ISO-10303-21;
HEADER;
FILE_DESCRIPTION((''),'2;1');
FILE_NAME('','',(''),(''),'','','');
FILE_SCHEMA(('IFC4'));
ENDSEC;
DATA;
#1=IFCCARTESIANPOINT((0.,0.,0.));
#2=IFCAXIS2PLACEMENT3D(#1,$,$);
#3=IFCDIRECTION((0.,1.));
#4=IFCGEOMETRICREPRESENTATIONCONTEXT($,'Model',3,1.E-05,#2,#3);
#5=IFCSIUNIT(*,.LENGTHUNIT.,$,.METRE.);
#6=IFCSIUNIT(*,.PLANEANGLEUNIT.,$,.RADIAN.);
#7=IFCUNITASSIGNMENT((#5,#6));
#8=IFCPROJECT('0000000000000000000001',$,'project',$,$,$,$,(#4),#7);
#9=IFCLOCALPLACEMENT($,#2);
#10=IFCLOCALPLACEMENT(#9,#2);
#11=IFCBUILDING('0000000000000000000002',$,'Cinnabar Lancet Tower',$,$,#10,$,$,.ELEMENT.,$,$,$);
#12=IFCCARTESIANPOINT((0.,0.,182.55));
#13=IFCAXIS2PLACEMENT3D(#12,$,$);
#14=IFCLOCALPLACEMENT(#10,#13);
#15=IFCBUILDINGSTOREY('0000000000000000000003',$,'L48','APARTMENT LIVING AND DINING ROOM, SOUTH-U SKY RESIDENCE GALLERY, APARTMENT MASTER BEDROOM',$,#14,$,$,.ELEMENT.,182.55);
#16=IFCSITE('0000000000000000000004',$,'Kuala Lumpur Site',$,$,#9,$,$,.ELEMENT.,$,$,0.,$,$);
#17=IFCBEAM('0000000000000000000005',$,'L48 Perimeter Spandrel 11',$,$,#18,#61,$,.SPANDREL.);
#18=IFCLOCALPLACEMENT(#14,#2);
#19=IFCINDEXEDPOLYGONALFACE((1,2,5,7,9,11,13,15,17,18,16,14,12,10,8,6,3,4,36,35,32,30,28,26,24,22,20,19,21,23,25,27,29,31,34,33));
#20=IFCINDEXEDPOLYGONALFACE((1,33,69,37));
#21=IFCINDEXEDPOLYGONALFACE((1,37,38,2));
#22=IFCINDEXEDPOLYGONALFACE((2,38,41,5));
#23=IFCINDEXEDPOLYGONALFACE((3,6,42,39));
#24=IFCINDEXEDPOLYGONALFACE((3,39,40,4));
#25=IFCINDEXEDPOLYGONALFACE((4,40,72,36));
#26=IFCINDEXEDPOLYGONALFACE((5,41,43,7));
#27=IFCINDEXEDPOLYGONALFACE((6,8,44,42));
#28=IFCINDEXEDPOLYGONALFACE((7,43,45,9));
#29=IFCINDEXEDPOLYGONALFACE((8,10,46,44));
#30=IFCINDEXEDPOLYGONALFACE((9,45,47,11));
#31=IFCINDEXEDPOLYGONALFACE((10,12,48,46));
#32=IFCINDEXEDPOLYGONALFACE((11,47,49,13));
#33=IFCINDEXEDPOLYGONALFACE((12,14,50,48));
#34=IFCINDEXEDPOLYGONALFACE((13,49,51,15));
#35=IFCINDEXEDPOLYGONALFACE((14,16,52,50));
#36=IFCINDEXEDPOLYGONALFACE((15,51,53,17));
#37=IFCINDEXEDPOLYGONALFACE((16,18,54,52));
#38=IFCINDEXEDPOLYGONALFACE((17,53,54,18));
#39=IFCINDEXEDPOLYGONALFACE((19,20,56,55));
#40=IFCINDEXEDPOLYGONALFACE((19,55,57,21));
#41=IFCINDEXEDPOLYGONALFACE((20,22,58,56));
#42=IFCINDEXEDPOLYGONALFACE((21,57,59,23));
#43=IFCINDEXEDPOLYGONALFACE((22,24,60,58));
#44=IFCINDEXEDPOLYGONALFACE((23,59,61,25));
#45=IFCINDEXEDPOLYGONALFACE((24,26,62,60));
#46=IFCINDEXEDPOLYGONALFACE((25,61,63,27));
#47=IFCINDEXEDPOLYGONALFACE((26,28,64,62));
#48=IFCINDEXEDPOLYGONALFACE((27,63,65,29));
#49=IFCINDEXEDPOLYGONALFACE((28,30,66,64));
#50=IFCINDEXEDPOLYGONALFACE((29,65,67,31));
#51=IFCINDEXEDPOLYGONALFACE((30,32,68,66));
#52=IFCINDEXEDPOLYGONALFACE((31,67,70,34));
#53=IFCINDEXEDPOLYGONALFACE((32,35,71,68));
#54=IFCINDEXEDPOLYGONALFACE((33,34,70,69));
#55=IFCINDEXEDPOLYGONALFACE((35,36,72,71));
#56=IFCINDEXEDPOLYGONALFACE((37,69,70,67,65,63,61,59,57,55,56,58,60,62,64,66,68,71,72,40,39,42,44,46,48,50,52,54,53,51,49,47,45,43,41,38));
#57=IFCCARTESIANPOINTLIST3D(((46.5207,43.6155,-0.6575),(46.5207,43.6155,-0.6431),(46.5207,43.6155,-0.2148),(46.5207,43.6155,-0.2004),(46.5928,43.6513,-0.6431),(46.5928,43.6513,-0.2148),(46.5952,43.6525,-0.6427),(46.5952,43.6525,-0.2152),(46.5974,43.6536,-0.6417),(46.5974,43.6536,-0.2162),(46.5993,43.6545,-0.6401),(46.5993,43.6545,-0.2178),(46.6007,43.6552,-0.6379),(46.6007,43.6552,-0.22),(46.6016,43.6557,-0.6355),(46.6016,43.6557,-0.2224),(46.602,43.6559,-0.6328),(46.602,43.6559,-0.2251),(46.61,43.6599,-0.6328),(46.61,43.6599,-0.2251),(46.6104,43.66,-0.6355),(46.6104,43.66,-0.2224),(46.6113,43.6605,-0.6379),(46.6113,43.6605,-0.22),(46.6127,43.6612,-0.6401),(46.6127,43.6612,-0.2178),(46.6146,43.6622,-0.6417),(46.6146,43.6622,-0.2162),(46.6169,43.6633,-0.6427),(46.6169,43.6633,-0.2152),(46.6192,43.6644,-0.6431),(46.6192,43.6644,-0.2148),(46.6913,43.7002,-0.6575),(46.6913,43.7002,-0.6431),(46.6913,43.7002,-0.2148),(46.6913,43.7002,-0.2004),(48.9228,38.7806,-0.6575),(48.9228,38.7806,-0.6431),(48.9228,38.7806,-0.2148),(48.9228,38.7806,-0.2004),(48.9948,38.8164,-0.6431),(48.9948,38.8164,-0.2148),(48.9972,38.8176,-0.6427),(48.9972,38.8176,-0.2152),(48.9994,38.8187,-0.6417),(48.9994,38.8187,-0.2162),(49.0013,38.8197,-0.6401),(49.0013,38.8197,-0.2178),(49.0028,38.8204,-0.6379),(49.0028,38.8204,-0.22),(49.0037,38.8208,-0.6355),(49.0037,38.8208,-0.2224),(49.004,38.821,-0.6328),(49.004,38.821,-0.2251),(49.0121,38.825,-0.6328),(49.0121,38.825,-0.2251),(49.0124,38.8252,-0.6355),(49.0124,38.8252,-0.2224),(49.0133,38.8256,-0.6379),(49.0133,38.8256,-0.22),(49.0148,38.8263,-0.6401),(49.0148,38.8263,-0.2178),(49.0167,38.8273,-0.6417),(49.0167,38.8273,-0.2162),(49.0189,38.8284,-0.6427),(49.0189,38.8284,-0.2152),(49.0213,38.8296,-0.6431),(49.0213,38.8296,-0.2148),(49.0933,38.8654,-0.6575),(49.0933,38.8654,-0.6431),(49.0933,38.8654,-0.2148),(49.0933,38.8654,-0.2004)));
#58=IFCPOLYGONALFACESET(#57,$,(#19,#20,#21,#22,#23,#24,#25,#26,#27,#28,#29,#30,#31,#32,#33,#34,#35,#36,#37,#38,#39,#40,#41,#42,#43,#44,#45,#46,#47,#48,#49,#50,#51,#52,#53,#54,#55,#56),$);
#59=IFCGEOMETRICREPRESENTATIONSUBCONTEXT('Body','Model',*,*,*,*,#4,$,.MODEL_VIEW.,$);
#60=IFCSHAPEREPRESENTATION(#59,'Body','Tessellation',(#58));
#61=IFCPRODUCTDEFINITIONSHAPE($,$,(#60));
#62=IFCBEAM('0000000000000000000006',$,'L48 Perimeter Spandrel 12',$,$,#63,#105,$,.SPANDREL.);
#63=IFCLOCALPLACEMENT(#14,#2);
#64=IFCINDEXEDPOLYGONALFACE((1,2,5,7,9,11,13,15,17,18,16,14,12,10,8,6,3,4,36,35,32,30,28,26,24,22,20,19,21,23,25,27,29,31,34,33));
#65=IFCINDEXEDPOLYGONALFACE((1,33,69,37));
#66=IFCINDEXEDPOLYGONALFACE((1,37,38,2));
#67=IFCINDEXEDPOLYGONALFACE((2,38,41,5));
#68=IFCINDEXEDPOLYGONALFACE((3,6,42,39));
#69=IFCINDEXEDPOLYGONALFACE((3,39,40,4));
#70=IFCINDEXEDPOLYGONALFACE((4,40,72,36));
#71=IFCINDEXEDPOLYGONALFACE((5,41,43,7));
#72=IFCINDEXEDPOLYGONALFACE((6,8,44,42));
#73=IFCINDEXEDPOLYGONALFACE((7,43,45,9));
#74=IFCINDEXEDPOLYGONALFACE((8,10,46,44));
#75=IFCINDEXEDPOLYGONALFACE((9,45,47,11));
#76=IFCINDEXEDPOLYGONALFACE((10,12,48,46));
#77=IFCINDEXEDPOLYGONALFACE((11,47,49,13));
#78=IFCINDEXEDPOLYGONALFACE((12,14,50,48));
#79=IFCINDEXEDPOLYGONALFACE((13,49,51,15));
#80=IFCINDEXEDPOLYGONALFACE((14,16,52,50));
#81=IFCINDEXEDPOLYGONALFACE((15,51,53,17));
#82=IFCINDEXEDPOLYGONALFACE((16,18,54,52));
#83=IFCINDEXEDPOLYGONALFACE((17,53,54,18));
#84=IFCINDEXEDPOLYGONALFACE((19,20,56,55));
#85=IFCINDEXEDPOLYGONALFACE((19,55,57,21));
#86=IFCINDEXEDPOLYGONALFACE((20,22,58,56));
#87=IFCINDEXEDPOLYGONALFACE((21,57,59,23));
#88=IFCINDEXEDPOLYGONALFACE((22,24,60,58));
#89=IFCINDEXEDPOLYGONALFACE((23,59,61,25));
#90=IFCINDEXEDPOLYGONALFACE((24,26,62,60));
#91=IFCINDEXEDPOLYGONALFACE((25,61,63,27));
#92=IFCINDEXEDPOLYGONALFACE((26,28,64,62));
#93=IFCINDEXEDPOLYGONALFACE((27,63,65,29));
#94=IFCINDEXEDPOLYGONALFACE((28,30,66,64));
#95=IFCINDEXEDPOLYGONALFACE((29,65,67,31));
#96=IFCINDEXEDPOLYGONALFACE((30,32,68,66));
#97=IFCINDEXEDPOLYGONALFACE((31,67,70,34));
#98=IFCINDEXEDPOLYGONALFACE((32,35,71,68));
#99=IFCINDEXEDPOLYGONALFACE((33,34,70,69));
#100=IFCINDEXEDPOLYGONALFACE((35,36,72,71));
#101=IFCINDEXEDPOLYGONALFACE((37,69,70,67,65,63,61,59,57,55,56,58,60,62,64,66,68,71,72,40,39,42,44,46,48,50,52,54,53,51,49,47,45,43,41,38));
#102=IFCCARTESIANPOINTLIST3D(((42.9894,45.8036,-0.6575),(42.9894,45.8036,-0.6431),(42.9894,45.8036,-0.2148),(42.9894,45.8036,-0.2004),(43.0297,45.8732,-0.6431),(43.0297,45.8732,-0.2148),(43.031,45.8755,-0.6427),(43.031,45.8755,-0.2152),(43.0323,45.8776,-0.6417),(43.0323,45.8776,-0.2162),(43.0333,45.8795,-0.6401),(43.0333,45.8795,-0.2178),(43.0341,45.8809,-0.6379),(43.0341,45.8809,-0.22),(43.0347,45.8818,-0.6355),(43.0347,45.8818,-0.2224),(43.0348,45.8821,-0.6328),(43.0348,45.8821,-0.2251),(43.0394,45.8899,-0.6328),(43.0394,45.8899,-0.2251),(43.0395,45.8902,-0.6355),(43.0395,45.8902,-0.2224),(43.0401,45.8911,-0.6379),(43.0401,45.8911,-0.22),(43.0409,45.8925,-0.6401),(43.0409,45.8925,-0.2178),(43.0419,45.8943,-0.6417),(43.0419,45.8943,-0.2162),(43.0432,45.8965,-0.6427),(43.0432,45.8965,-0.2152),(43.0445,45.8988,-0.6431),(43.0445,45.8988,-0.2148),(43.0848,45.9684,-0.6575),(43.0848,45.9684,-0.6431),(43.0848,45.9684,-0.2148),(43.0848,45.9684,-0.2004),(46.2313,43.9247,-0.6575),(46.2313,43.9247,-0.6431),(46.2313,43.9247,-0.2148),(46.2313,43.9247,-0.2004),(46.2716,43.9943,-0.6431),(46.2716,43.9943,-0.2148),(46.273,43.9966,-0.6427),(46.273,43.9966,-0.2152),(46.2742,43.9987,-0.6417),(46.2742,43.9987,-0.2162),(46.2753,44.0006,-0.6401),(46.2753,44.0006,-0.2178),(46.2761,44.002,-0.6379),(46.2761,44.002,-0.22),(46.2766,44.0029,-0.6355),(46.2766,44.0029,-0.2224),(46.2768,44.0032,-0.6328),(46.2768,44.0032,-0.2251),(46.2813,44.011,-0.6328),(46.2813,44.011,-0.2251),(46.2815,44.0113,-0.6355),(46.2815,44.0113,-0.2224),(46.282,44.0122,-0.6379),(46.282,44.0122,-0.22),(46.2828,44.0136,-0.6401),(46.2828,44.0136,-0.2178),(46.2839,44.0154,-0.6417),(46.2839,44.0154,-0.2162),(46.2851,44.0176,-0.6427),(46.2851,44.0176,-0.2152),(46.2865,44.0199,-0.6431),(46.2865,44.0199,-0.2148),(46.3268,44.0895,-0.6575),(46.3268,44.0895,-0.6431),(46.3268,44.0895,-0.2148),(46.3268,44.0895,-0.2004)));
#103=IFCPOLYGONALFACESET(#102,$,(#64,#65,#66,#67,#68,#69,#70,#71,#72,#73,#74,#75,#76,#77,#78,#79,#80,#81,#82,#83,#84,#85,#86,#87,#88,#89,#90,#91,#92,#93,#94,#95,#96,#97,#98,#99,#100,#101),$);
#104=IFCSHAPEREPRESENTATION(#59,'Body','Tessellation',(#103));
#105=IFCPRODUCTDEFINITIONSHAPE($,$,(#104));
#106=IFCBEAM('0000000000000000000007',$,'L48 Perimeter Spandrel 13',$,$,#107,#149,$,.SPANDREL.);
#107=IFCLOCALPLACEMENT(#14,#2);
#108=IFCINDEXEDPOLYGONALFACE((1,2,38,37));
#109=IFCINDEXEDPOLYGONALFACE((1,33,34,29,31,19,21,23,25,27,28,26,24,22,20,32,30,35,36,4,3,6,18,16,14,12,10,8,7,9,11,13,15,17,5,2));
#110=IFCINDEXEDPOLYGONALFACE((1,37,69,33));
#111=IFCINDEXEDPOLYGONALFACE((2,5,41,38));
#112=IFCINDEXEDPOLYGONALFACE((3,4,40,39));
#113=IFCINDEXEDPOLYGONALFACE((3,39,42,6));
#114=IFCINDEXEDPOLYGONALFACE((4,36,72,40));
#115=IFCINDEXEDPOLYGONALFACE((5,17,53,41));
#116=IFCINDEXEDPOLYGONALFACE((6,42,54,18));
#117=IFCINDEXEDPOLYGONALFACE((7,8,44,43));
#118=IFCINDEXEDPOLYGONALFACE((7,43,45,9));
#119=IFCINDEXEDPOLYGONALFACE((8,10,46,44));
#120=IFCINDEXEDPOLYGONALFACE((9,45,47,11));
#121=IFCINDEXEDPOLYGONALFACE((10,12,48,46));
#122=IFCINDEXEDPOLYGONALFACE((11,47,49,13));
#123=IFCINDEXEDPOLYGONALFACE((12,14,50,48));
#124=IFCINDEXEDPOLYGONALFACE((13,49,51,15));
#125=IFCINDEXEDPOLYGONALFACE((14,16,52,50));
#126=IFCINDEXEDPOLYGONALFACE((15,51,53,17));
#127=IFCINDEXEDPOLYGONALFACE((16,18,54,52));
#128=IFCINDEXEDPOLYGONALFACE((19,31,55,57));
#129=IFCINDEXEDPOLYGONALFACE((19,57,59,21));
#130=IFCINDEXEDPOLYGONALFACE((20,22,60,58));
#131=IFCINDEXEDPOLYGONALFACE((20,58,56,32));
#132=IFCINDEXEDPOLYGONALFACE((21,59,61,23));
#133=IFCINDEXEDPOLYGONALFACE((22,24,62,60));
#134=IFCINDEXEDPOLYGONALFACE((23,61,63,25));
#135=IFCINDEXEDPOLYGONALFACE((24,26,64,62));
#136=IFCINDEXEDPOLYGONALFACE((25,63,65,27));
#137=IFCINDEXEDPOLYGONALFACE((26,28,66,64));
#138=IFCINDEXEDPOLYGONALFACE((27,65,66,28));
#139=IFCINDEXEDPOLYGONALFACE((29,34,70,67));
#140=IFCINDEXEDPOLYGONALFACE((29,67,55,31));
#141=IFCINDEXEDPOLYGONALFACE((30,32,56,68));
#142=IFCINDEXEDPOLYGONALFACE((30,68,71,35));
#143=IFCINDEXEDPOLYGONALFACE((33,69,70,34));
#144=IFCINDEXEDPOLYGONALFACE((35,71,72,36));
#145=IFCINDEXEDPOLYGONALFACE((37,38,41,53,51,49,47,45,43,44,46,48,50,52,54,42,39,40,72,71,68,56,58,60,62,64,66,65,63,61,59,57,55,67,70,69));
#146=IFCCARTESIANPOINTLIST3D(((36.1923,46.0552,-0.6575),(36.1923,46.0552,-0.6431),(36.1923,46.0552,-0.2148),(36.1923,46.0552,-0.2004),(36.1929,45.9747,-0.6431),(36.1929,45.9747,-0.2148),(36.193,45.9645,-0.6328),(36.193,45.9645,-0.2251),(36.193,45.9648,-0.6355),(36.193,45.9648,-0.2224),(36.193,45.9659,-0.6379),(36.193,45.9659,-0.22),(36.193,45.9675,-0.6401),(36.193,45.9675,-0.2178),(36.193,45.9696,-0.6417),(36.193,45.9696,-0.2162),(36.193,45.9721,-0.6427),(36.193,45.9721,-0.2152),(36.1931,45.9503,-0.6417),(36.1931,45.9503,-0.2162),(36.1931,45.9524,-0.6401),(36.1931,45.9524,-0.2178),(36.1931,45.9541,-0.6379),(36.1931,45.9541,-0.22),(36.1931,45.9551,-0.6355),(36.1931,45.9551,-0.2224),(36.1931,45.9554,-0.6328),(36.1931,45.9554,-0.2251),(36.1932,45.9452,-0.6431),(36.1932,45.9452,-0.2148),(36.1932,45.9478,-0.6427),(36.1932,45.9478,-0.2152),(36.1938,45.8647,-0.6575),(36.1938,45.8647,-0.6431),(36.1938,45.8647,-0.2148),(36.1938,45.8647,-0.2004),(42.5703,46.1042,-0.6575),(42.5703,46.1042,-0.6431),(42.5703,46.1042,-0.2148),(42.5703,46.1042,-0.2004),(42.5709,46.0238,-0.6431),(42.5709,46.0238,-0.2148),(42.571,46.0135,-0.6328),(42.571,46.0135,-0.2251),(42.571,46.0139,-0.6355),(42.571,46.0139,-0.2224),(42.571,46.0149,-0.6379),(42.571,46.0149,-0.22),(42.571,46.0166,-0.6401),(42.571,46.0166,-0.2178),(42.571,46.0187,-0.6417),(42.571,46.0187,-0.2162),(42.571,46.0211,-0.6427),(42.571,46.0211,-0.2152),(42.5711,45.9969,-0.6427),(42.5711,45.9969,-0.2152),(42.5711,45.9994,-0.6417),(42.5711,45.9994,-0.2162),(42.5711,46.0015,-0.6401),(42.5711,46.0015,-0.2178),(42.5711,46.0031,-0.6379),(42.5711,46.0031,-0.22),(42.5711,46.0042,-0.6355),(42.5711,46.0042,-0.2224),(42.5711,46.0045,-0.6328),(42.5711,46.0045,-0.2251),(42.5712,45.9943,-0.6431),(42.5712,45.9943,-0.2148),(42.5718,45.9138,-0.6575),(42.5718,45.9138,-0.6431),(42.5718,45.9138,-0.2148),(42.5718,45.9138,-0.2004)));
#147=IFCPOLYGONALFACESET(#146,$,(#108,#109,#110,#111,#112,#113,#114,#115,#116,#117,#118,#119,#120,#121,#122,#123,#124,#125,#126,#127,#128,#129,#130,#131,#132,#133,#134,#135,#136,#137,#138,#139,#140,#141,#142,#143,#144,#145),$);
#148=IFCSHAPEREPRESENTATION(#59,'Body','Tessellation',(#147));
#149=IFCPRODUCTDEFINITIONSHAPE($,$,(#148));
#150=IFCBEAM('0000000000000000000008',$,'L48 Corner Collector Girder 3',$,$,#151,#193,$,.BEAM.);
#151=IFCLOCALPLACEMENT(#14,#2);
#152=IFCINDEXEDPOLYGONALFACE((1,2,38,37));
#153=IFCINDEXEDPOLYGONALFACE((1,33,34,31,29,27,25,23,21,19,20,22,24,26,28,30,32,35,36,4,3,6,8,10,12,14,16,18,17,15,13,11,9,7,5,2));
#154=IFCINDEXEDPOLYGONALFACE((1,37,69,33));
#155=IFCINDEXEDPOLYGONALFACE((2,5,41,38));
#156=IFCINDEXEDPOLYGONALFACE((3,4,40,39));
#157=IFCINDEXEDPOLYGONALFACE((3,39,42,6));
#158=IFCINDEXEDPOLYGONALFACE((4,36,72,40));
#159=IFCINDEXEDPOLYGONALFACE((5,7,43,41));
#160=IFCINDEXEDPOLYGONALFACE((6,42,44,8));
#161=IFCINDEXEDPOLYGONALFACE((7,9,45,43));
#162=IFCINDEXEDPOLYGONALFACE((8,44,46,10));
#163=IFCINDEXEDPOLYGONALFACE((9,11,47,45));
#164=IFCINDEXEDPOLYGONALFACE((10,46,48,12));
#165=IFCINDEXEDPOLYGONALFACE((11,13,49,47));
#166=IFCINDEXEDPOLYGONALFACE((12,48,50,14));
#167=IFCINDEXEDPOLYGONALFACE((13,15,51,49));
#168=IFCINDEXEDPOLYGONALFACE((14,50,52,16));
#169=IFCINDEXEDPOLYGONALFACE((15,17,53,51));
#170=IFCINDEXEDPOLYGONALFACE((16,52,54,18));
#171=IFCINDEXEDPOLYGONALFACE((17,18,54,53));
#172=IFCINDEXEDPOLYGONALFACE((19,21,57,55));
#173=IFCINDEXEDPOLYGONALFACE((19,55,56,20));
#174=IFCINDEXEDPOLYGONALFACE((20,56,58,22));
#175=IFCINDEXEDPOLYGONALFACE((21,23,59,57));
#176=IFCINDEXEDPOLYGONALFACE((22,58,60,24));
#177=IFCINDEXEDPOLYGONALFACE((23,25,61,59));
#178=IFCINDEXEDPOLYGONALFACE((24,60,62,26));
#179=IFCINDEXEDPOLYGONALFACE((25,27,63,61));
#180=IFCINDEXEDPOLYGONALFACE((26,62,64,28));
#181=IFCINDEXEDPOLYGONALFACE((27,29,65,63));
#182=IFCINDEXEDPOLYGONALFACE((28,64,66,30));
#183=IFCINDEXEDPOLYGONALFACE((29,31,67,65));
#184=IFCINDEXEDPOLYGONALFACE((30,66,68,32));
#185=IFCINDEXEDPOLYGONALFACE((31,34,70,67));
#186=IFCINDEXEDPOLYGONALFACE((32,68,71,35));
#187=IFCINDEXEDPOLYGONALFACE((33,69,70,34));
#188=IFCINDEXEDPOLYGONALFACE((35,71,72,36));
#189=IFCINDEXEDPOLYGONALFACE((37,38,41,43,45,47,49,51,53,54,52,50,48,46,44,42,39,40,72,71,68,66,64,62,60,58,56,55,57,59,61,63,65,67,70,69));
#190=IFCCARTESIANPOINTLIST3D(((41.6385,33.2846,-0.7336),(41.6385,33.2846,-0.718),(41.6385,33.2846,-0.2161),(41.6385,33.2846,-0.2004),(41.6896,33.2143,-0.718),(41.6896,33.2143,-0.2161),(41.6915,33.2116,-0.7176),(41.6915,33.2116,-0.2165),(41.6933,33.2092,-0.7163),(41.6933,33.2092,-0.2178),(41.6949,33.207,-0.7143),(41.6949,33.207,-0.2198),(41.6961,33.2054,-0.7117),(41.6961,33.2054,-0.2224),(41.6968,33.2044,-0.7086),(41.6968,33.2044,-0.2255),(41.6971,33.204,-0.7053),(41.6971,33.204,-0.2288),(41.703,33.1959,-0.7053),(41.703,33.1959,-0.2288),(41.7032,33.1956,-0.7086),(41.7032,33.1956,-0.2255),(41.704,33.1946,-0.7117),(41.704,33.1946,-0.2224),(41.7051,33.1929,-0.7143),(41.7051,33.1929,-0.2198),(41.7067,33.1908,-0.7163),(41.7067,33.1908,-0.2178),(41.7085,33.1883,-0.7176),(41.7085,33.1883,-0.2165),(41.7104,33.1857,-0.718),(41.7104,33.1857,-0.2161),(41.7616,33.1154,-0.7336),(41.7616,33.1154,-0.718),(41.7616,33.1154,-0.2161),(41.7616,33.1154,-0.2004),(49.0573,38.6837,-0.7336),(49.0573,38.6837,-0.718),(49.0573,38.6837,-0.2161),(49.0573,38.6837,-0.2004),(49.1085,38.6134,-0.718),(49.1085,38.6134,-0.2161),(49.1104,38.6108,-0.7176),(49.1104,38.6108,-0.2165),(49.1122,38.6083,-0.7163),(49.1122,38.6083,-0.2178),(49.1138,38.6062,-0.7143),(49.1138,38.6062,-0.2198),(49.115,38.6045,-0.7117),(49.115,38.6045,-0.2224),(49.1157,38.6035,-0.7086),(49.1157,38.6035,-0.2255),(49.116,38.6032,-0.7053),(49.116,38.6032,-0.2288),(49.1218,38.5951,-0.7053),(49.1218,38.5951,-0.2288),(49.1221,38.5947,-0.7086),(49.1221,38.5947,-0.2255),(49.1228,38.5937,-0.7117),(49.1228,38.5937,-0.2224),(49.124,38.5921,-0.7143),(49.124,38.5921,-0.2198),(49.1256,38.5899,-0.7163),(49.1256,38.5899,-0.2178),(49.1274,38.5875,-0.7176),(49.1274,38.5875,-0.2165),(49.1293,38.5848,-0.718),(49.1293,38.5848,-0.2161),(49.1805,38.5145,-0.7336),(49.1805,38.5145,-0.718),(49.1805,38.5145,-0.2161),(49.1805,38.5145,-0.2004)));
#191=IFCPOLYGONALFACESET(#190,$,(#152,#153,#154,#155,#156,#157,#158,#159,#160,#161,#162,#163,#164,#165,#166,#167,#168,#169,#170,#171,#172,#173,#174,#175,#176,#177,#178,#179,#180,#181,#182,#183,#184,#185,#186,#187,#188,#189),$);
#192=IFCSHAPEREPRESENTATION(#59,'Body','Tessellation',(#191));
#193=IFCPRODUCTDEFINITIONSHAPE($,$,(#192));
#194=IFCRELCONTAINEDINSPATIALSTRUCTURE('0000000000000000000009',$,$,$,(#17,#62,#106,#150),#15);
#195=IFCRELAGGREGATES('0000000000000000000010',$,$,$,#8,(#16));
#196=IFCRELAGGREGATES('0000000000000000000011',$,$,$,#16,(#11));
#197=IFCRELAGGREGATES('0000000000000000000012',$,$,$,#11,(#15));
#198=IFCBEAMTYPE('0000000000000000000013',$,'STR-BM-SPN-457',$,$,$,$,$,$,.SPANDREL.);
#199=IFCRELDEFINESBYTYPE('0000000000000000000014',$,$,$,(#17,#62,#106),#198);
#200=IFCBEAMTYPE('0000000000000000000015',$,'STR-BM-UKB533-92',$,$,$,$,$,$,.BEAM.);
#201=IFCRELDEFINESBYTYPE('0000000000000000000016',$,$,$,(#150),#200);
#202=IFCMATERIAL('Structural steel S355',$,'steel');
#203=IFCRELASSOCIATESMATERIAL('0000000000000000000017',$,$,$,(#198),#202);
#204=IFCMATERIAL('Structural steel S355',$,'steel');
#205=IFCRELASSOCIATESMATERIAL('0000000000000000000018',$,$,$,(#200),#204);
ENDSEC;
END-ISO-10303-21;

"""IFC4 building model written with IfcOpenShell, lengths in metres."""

from ifc_helpers import new_model, si_unit, direction, frame, origin, origin_2d, place, context, subcontext, project, spatial, i_section, extrude, material, material_profile, profile_set, type_object, element, save


model = new_model("IFC4")

# Units and contexts
model_context = context("Model", 3, precision=1e-05, world=origin(), true_north=direction((0.0, 1.0)))
body_context = subcontext(model_context, "Body", "Model", "MODEL_VIEW")
ifc_project = project(units=[si_unit("LENGTHUNIT", "METRE"), si_unit("PLANEANGLEUNIT", "RADIAN")], contexts=[model_context])

# Site, building, storey
site_placement = place(None, origin())
site = spatial("IfcSite", under=ifc_project, at=site_placement, Name="Kuala Lumpur Site", CompositionType="ELEMENT", RefElevation=0.0)
building_placement = place(site_placement, origin())
building = spatial("IfcBuilding", under=site, at=building_placement, Name="Cinnabar Lancet Tower", CompositionType="ELEMENT")
storey_placement = place(building_placement, frame((0.0, 0.0, 182.55)))
storey = spatial("IfcBuildingStorey", under=building, at=storey_placement, Name="L48", Description="APARTMENT LIVING AND DINING ROOM, SOUTH-U SKY RESIDENCE GALLERY, APARTMENT MASTER BEDROOM", CompositionType="ELEMENT", Elevation=182.55)

# Beams
ifc_material_1 = material(Name="Structural steel S355", Category="steel")
ifc_material_profile_1 = material_profile(ifc_material_1, i_section(OverallWidth=0.1904, OverallDepth=0.457, WebThickness=0.009, FlangeThickness=0.0144, FilletRadius=0.0103, at=origin_2d()), Name="UKB 457x191x74")
ifc_profile_set_1 = profile_set([ifc_material_profile_1], Name="Structural steel S355")
beam_type_1 = type_object("IfcBeamType", Name="STR-BM-SPN-457", PredefinedType="SPANDREL", material=ifc_profile_set_1)
beam_1_placement = place(storey_placement, frame((49.0081, 38.823, -0.429), z_axis=(-0.444933, 0.895564, 0.0), x_axis=(-0.895564, -0.444933, 0.0)))
element("IfcBeam", 1, at=beam_1_placement, inside=storey, type_object=beam_type_1, Name="L48 Perimeter Spandrel 11", PredefinedType="SPANDREL", context=body_context, shape_type="SweptSolid", body=[
    extrude(i_section(OverallWidth=0.1904, OverallDepth=0.457, WebThickness=0.009, FlangeThickness=0.0144, FilletRadius=0.0103, at=origin_2d()), origin(), (0.0, 0.0, 1.0), 5.3987),
])
beam_2_placement = place(storey_placement, frame((46.2791, 44.0071, -0.429), z_axis=(-0.865196, 0.501434, 0.0), x_axis=(-0.501434, -0.865196, 0.0)))
element("IfcBeam", 2, at=beam_2_placement, inside=storey, type_object=beam_type_1, Name="L48 Perimeter Spandrel 12", PredefinedType="SPANDREL", context=body_context, shape_type="SweptSolid", body=[
    extrude(i_section(OverallWidth=0.1904, OverallDepth=0.457, WebThickness=0.009, FlangeThickness=0.0144, FilletRadius=0.0103, at=origin_2d()), origin(), (0.0, 0.0, 1.0), 3.7471),
])
beam_3_placement = place(storey_placement, frame((42.571, 46.009, -0.429), z_axis=(-0.99997, -0.007694, 0.0), x_axis=(0.007694, -0.99997, 0.0)))
element("IfcBeam", 3, at=beam_3_placement, inside=storey, type_object=beam_type_1, Name="L48 Perimeter Spandrel 13", PredefinedType="SPANDREL", context=body_context, shape_type="SweptSolid", body=[
    extrude(i_section(OverallWidth=0.1904, OverallDepth=0.457, WebThickness=0.009, FlangeThickness=0.0144, FilletRadius=0.0103, at=origin_2d()), origin(), (0.0, 0.0, 1.0), 6.3782),
])
ifc_material_2 = material(Name="Structural steel S355", Category="steel")
ifc_material_profile_2 = material_profile(ifc_material_2, i_section(OverallWidth=0.2092, OverallDepth=0.5332, WebThickness=0.01, FlangeThickness=0.0156, FilletRadius=0.0127, at=origin_2d()), Name="UKB 533x210x92")
ifc_profile_set_2 = profile_set([ifc_material_profile_2], Name="Structural steel S355")
beam_type_2 = type_object("IfcBeamType", Name="STR-BM-UKB533-92", PredefinedType="BEAM", material=ifc_profile_set_2)
beam_4_placement = place(storey_placement, frame((49.1189, 38.5991, -0.467), z_axis=(-0.808551, -0.588426, 0.0), x_axis=(0.588426, -0.808551, 0.0)))
element("IfcBeam", 4, at=beam_4_placement, inside=storey, type_object=beam_type_2, Name="L48 Corner Collector Girder 3", PredefinedType="BEAM", context=body_context, shape_type="SweptSolid", body=[
    extrude(i_section(OverallWidth=0.2092, OverallDepth=0.5332, WebThickness=0.01, FlangeThickness=0.0156, FilletRadius=0.0127, at=origin_2d()), origin(), (0.0, 0.0, 1.0), 9.1755),
])

save(model, "model.ifc")
